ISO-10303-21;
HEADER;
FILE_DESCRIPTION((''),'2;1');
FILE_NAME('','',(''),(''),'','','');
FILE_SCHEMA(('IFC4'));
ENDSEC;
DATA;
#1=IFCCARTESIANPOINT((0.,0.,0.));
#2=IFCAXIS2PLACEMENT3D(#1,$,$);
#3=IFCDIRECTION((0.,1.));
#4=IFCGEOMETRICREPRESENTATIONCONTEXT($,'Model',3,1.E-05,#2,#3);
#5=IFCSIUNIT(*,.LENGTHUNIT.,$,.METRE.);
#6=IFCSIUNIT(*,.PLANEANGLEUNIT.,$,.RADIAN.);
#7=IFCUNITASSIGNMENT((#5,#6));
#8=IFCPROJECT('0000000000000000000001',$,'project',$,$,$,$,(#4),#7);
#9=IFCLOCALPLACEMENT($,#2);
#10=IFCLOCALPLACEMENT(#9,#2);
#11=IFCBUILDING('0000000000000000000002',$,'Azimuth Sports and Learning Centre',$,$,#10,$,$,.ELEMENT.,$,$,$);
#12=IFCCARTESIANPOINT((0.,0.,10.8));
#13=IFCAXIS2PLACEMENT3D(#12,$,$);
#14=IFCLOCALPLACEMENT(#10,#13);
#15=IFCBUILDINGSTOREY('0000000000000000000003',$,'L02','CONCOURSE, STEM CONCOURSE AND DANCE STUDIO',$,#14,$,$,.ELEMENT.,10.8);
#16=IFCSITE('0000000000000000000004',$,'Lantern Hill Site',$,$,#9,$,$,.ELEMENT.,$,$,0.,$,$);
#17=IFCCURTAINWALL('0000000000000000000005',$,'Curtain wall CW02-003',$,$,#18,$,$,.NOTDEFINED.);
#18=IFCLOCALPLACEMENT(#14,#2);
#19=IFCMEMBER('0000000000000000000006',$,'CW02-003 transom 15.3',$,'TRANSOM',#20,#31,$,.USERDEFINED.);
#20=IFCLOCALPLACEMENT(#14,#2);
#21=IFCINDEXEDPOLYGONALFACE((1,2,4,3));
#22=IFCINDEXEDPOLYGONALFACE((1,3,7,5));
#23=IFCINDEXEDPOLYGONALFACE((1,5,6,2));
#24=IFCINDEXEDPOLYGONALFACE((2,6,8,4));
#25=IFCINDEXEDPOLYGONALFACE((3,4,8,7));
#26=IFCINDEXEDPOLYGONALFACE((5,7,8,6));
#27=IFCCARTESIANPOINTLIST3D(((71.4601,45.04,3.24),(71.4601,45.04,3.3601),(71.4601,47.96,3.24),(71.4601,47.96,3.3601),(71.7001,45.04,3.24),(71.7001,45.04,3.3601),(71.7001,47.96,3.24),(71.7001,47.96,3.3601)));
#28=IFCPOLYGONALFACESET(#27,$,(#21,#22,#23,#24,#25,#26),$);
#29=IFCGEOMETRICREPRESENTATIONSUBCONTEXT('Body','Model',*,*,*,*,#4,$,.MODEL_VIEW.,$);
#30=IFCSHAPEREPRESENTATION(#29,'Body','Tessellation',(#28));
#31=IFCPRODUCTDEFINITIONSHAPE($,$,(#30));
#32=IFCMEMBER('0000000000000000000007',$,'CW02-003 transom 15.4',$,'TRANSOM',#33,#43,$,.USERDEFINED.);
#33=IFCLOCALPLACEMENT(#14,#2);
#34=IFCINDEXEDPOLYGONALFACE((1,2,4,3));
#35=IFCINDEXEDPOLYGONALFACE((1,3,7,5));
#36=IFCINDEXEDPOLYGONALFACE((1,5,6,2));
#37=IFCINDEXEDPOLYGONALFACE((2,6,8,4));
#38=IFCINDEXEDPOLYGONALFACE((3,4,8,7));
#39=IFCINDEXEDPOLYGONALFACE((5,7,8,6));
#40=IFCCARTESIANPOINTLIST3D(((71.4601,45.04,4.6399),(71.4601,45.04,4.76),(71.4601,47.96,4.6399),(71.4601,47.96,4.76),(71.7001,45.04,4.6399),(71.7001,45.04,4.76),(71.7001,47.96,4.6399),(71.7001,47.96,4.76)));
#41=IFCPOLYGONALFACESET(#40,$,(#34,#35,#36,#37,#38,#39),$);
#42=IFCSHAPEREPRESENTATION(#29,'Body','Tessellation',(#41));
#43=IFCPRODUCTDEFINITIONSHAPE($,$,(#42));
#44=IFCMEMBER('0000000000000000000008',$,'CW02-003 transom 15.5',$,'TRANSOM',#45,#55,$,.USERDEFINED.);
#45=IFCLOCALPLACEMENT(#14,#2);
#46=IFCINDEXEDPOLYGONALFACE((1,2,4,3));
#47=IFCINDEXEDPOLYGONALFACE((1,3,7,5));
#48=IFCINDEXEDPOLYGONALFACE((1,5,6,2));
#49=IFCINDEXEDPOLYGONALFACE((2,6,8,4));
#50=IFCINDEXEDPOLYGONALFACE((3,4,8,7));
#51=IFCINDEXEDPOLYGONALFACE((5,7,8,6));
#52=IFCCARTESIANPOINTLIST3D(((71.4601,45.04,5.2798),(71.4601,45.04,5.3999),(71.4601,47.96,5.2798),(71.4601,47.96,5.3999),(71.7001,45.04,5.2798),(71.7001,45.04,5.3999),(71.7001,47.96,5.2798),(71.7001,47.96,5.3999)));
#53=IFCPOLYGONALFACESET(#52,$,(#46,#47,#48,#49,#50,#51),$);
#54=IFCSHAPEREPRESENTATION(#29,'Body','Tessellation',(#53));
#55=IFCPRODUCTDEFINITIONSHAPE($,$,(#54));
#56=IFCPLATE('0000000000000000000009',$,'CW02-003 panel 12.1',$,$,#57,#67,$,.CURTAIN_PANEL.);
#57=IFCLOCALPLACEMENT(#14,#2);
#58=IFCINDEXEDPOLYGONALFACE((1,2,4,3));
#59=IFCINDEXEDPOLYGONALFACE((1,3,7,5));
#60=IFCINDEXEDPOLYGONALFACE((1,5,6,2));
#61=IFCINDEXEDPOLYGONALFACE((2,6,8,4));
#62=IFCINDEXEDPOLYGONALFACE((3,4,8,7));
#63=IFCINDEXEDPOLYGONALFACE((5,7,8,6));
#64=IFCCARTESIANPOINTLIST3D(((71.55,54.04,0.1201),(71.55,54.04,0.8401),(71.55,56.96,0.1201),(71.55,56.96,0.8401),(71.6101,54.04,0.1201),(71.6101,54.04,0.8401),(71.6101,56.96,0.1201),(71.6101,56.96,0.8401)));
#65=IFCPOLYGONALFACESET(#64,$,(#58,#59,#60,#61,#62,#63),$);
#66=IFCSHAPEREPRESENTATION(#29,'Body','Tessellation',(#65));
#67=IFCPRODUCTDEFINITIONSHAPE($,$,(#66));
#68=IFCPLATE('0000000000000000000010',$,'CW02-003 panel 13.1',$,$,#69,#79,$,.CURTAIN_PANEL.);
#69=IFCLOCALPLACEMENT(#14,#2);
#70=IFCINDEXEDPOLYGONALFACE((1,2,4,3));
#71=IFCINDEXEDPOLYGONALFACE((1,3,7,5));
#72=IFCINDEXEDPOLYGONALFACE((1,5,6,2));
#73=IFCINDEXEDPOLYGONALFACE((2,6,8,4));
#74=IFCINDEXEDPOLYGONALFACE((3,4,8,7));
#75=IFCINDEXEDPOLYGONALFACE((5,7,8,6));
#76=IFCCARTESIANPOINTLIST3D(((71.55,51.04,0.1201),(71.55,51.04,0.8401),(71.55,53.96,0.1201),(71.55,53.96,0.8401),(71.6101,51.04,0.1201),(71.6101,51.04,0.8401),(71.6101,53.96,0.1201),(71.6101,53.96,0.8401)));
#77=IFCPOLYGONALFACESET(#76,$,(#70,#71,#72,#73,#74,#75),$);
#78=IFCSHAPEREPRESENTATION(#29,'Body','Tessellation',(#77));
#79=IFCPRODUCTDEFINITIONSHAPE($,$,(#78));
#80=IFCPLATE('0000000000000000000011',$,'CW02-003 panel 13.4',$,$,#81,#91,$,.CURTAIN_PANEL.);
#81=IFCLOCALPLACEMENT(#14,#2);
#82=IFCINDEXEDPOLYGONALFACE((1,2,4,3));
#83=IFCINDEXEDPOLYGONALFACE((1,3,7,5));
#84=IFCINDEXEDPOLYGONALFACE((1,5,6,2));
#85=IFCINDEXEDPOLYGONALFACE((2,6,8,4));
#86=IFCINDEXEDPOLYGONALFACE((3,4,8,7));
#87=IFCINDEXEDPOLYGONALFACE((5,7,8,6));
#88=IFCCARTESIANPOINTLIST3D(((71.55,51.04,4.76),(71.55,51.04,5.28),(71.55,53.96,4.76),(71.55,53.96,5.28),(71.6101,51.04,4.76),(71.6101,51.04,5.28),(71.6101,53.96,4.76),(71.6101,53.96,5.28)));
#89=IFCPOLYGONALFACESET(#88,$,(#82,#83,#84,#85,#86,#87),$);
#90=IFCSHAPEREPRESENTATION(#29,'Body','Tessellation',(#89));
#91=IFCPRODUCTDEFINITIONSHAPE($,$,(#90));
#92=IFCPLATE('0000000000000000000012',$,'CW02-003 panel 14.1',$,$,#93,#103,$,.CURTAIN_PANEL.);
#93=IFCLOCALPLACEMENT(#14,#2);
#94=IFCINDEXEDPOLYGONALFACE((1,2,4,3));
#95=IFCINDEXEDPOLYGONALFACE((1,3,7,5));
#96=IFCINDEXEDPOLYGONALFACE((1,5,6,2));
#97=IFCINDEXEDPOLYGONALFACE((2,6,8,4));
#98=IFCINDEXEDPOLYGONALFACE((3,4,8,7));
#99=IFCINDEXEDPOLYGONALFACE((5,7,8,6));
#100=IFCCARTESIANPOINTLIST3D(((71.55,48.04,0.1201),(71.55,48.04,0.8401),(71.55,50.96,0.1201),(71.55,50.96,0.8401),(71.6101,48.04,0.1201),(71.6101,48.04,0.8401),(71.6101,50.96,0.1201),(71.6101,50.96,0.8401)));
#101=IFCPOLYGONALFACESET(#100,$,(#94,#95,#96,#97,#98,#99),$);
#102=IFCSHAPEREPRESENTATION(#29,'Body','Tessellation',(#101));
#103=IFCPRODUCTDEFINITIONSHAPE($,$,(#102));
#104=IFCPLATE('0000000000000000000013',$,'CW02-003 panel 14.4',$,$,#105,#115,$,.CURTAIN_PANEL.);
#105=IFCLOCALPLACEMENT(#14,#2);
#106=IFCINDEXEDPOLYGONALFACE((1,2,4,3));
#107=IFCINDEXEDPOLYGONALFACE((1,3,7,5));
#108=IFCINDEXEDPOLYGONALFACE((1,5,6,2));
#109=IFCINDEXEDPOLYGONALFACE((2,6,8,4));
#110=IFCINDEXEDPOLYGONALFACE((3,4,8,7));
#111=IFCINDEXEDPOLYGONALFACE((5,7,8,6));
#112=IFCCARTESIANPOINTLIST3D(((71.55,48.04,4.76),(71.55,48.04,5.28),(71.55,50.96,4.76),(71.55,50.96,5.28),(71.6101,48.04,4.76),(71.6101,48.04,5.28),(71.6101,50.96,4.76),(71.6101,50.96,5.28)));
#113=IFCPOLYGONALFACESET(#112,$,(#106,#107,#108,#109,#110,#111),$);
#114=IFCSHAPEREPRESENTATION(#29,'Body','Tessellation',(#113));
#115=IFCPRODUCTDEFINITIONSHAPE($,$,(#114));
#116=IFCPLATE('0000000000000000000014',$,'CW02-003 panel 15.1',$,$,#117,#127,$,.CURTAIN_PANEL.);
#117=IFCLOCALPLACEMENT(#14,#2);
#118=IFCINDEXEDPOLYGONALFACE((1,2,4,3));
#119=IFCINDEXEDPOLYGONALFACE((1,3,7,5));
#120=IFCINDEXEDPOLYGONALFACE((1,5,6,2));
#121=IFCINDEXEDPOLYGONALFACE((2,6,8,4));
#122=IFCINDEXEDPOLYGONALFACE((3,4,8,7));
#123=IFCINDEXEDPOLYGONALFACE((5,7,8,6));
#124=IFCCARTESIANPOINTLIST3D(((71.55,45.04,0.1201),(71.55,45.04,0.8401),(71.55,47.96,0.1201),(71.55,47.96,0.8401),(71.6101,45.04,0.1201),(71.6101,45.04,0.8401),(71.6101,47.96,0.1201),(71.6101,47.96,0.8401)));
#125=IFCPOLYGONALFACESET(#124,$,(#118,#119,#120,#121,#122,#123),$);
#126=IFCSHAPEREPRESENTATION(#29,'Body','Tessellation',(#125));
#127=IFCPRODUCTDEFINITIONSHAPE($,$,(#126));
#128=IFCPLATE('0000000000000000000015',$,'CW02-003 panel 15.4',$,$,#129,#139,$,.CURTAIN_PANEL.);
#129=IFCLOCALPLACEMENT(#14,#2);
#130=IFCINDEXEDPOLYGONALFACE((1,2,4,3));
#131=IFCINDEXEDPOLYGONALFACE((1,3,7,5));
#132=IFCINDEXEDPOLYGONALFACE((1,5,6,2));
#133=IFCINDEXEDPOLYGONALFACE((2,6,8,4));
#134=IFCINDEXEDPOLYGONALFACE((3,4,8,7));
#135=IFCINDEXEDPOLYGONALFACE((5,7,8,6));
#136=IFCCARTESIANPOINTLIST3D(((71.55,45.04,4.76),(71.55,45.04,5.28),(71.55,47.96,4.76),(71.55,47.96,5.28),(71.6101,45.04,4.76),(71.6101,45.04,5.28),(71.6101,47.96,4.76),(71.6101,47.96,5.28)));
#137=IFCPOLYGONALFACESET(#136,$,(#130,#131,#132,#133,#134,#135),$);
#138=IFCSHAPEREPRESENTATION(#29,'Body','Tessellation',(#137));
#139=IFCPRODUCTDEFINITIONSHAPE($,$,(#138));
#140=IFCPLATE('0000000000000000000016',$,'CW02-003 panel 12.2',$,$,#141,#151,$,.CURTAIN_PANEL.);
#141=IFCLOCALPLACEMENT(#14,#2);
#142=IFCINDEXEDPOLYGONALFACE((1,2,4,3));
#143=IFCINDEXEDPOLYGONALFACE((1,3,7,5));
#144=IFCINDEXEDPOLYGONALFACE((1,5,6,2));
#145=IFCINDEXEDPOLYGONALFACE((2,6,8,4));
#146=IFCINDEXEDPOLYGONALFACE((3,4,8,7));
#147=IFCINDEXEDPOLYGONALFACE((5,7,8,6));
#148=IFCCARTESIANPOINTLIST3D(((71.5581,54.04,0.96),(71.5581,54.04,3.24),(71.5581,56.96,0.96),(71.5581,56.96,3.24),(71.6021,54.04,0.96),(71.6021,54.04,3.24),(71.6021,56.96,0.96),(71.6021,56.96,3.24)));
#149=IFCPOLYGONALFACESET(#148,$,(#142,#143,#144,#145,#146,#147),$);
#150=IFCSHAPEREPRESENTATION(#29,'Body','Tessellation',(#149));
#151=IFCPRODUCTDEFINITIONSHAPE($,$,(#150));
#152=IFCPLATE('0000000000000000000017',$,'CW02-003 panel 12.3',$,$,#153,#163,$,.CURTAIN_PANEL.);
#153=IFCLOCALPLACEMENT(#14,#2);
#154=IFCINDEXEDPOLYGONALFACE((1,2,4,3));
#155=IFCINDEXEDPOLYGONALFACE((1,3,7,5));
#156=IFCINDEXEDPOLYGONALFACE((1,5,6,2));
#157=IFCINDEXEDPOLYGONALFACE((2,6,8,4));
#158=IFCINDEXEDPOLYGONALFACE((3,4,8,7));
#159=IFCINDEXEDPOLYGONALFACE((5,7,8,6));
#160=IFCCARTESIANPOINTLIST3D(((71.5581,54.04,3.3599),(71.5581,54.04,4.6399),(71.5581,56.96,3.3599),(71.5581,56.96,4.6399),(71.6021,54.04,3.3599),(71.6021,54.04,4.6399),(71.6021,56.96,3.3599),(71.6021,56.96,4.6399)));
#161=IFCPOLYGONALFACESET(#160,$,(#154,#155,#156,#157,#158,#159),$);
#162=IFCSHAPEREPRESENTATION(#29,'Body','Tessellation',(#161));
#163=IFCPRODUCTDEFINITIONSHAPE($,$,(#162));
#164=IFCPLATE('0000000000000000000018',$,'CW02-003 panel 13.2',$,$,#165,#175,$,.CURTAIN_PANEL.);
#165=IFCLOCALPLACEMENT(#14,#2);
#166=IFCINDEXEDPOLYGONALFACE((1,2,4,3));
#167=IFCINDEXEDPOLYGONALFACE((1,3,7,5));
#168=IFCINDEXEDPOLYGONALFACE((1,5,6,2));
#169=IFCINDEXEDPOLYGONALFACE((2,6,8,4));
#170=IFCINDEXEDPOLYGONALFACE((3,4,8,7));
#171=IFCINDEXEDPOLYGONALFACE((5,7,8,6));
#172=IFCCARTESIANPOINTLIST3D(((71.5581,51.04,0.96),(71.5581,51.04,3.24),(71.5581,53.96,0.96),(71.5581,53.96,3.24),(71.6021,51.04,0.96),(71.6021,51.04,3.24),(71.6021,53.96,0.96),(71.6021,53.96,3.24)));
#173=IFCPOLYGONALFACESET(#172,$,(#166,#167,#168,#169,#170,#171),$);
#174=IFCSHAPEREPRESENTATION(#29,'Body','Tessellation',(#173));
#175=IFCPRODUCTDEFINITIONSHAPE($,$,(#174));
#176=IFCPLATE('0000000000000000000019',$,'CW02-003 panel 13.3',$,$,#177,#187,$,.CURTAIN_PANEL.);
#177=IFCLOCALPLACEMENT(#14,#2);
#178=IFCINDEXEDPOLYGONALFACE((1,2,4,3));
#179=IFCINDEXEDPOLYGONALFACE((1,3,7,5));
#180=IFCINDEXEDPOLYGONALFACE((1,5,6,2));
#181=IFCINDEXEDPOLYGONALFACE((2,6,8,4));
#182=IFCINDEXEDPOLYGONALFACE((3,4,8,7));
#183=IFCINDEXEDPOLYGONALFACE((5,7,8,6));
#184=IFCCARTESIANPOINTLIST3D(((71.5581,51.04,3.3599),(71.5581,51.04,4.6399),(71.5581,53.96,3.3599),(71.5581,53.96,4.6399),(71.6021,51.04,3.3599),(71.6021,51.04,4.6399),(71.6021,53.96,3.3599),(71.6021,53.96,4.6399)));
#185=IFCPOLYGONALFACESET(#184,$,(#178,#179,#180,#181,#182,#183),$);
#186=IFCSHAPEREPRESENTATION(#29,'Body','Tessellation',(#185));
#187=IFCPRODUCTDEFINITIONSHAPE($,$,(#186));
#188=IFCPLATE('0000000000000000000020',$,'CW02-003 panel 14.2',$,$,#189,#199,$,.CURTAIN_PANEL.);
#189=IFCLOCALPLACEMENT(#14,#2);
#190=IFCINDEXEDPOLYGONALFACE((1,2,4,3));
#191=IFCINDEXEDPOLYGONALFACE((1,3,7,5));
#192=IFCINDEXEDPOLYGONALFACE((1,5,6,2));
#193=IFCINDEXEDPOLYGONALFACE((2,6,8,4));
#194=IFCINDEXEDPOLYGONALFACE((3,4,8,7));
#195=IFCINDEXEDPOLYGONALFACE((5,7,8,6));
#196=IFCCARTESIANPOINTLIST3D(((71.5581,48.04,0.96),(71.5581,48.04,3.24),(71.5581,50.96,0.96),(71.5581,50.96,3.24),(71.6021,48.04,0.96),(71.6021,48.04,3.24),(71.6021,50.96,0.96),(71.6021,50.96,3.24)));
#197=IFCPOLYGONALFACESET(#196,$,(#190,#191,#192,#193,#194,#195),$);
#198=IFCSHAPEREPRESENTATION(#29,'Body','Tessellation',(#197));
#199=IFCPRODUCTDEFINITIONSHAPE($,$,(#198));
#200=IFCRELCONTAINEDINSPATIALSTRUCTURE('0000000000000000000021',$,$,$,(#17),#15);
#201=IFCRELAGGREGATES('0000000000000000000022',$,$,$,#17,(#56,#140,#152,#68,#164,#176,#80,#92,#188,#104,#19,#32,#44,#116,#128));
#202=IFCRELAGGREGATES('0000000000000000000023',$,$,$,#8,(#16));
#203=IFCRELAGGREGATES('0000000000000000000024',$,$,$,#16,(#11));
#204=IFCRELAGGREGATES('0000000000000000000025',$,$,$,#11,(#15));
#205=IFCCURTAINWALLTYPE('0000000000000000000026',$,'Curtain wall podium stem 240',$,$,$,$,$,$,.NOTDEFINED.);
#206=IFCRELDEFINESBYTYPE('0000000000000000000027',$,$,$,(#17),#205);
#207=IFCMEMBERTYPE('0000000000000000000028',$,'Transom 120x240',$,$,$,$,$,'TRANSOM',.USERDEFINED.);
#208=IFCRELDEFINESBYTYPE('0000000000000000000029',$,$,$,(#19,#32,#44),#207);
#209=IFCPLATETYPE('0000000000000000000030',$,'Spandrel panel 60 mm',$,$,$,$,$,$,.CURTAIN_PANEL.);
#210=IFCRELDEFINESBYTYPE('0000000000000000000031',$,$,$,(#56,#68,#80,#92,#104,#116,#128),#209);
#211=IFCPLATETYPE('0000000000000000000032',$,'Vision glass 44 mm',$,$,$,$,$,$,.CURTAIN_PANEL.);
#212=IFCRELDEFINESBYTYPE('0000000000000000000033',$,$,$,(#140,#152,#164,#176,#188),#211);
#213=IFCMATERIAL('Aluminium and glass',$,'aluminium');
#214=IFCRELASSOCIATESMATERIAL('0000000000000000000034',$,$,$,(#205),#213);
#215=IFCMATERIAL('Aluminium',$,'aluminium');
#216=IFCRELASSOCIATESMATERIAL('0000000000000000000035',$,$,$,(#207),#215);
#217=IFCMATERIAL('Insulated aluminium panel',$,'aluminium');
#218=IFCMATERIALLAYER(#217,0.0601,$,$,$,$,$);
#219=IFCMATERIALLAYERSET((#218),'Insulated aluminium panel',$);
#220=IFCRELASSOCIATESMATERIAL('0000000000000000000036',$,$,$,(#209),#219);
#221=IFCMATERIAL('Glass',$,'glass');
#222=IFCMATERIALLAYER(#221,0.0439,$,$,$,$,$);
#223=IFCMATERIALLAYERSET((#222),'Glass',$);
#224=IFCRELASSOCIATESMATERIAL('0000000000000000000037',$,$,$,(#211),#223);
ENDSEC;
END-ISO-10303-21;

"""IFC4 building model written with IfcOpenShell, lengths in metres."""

from ifc_helpers import new_model, si_unit, direction, frame, origin, origin_2d, place, context, subcontext, project, spatial, rectangle, extrude, material, layer, layer_set, material_profile, profile_set, type_object, element, aggregate, save


model = new_model("IFC4")

# Units and contexts
model_context = context("Model", 3, precision=1e-05, world=origin(), true_north=direction((0.0, 1.0)))
body_context = subcontext(model_context, "Body", "Model", "MODEL_VIEW")
ifc_project = project(units=[si_unit("LENGTHUNIT", "METRE"), si_unit("PLANEANGLEUNIT", "RADIAN")], contexts=[model_context])

# Site, building, storey
site_placement = place(None, origin())
site = spatial("IfcSite", under=ifc_project, at=site_placement, Name="Lantern Hill Site", CompositionType="ELEMENT", RefElevation=0.0)
building_placement = place(site_placement, origin())
building = spatial("IfcBuilding", under=site, at=building_placement, Name="Azimuth Sports and Learning Centre", CompositionType="ELEMENT")
storey_placement = place(building_placement, frame((0.0, 0.0, 10.8)))
storey = spatial("IfcBuildingStorey", under=building, at=storey_placement, Name="L02", Description="CONCOURSE, STEM CONCOURSE AND DANCE STUDIO", CompositionType="ELEMENT", Elevation=10.8)

# Curtain wall, members, plates
ifc_material_1 = material(Name="Aluminium and glass", Category="aluminium")
curtain_wall_type = type_object("IfcCurtainWallType", Name="Curtain wall podium stem 240", PredefinedType="NOTDEFINED", material=ifc_material_1)
curtain_wall_placement = place(storey_placement, origin())
curtain_wall = element("IfcCurtainWall", 1, at=curtain_wall_placement, inside=storey, type_object=curtain_wall_type, Name="Curtain wall CW02-003", PredefinedType="NOTDEFINED")
ifc_material_2 = material(Name="Aluminium", Category="aluminium")
ifc_material_profile_1 = material_profile(ifc_material_2, rectangle(XDim=0.24, YDim=0.1201, at=origin_2d()), Name="Transom 120x240")
ifc_profile_set_1 = profile_set([ifc_material_profile_1], Name="Aluminium")
member_type_1 = type_object("IfcMemberType", Name="Transom 120x240", ElementType="TRANSOM", PredefinedType="USERDEFINED", material=ifc_profile_set_1)
member_1_placement = place(storey_placement, frame((71.5801, 47.96, 3.3), z_axis=(0.0, -1.0, 0.0), x_axis=(1.0, 0.0, 0.0)))
member_1 = element("IfcMember", 2, at=member_1_placement, type_object=member_type_1, Name="CW02-003 transom 15.3", ObjectType="TRANSOM", PredefinedType="USERDEFINED", context=body_context, shape_type="SweptSolid", body=[
    extrude(rectangle(XDim=0.24, YDim=0.1201, at=origin_2d()), origin(), (0.0, 0.0, 1.0), 2.9199),
])
member_2_placement = place(storey_placement, frame((71.5801, 47.96, 4.7), z_axis=(0.0, -1.0, 0.0), x_axis=(1.0, 0.0, 0.0)))
member_2 = element("IfcMember", 3, at=member_2_placement, type_object=member_type_1, Name="CW02-003 transom 15.4", ObjectType="TRANSOM", PredefinedType="USERDEFINED", context=body_context, shape_type="SweptSolid", body=[
    extrude(rectangle(XDim=0.24, YDim=0.1201, at=origin_2d()), origin(), (0.0, 0.0, 1.0), 2.9199),
])
member_3_placement = place(storey_placement, frame((71.5801, 47.96, 5.3398), z_axis=(0.0, -1.0, 0.0), x_axis=(1.0, 0.0, 0.0)))
member_3 = element("IfcMember", 4, at=member_3_placement, type_object=member_type_1, Name="CW02-003 transom 15.5", ObjectType="TRANSOM", PredefinedType="USERDEFINED", context=body_context, shape_type="SweptSolid", body=[
    extrude(rectangle(XDim=0.24, YDim=0.1201, at=origin_2d()), origin(), (0.0, 0.0, 1.0), 2.9199),
])
ifc_material_3 = material(Name="Insulated aluminium panel", Category="aluminium")
ifc_layer_1 = layer(ifc_material_3, 0.0601)
ifc_layer_set_1 = layer_set([ifc_layer_1], Name="Insulated aluminium panel")
plate_type_1 = type_object("IfcPlateType", Name="Spandrel panel 60 mm", PredefinedType="CURTAIN_PANEL", material=ifc_layer_set_1)
plate_1_placement = place(storey_placement, frame((71.5801, 55.5, 0.1201), z_axis=(0.0, 0.0, 1.0), x_axis=(0.0, -1.0, 0.0)))
plate_1 = element("IfcPlate", 5, at=plate_1_placement, type_object=plate_type_1, Name="CW02-003 panel 12.1", PredefinedType="CURTAIN_PANEL", context=body_context, shape_type="SweptSolid", body=[
    extrude(rectangle(XDim=2.9199, YDim=0.0601, at=origin_2d()), origin(), (0.0, 0.0, 1.0), 0.72),
])
plate_2_placement = place(storey_placement, frame((71.5801, 52.5, 0.1201), z_axis=(0.0, 0.0, 1.0), x_axis=(0.0, -1.0, 0.0)))
plate_2 = element("IfcPlate", 6, at=plate_2_placement, type_object=plate_type_1, Name="CW02-003 panel 13.1", PredefinedType="CURTAIN_PANEL", context=body_context, shape_type="SweptSolid", body=[
    extrude(rectangle(XDim=2.9199, YDim=0.0601, at=origin_2d()), origin(), (0.0, 0.0, 1.0), 0.72),
])
plate_3_placement = place(storey_placement, frame((71.5801, 52.5, 4.76), z_axis=(0.0, 0.0, 1.0), x_axis=(0.0, -1.0, 0.0)))
plate_3 = element("IfcPlate", 7, at=plate_3_placement, type_object=plate_type_1, Name="CW02-003 panel 13.4", PredefinedType="CURTAIN_PANEL", context=body_context, shape_type="SweptSolid", body=[
    extrude(rectangle(XDim=2.9199, YDim=0.0601, at=origin_2d()), origin(), (0.0, 0.0, 1.0), 0.52),
])
plate_4_placement = place(storey_placement, frame((71.5801, 49.5, 0.1201), z_axis=(0.0, 0.0, 1.0), x_axis=(0.0, -1.0, 0.0)))
plate_4 = element("IfcPlate", 8, at=plate_4_placement, type_object=plate_type_1, Name="CW02-003 panel 14.1", PredefinedType="CURTAIN_PANEL", context=body_context, shape_type="SweptSolid", body=[
    extrude(rectangle(XDim=2.9199, YDim=0.0601, at=origin_2d()), origin(), (0.0, 0.0, 1.0), 0.72),
])
plate_5_placement = place(storey_placement, frame((71.5801, 49.5, 4.76), z_axis=(0.0, 0.0, 1.0), x_axis=(0.0, -1.0, 0.0)))
plate_5 = element("IfcPlate", 9, at=plate_5_placement, type_object=plate_type_1, Name="CW02-003 panel 14.4", PredefinedType="CURTAIN_PANEL", context=body_context, shape_type="SweptSolid", body=[
    extrude(rectangle(XDim=2.9199, YDim=0.0601, at=origin_2d()), origin(), (0.0, 0.0, 1.0), 0.52),
])
plate_6_placement = place(storey_placement, frame((71.5801, 46.5, 0.1201), z_axis=(0.0, 0.0, 1.0), x_axis=(0.0, -1.0, 0.0)))
plate_6 = element("IfcPlate", 10, at=plate_6_placement, type_object=plate_type_1, Name="CW02-003 panel 15.1", PredefinedType="CURTAIN_PANEL", context=body_context, shape_type="SweptSolid", body=[
    extrude(rectangle(XDim=2.9199, YDim=0.0601, at=origin_2d()), origin(), (0.0, 0.0, 1.0), 0.72),
])
plate_7_placement = place(storey_placement, frame((71.5801, 46.5, 4.76), z_axis=(0.0, 0.0, 1.0), x_axis=(0.0, -1.0, 0.0)))
plate_7 = element("IfcPlate", 11, at=plate_7_placement, type_object=plate_type_1, Name="CW02-003 panel 15.4", PredefinedType="CURTAIN_PANEL", context=body_context, shape_type="SweptSolid", body=[
    extrude(rectangle(XDim=2.9199, YDim=0.0601, at=origin_2d()), origin(), (0.0, 0.0, 1.0), 0.52),
])
ifc_material_4 = material(Name="Glass", Category="glass")
ifc_layer_2 = layer(ifc_material_4, 0.0439)
ifc_layer_set_2 = layer_set([ifc_layer_2], Name="Glass")
plate_type_2 = type_object("IfcPlateType", Name="Vision glass 44 mm", PredefinedType="CURTAIN_PANEL", material=ifc_layer_set_2)
plate_8_placement = place(storey_placement, frame((71.5801, 55.5, 0.96), z_axis=(0.0, 0.0, 1.0), x_axis=(0.0, -1.0, 0.0)))
plate_8 = element("IfcPlate", 12, at=plate_8_placement, type_object=plate_type_2, Name="CW02-003 panel 12.2", PredefinedType="CURTAIN_PANEL", context=body_context, shape_type="SweptSolid", body=[
    extrude(rectangle(XDim=2.9199, YDim=0.0439, at=origin_2d()), origin(), (0.0, 0.0, 1.0), 2.28),
])
plate_9_placement = place(storey_placement, frame((71.5801, 55.5, 3.3599), z_axis=(0.0, 0.0, 1.0), x_axis=(0.0, -1.0, 0.0)))
plate_9 = element("IfcPlate", 13, at=plate_9_placement, type_object=plate_type_2, Name="CW02-003 panel 12.3", PredefinedType="CURTAIN_PANEL", context=body_context, shape_type="SweptSolid", body=[
    extrude(rectangle(XDim=2.9199, YDim=0.0439, at=origin_2d()), origin(), (0.0, 0.0, 1.0), 1.28),
])
plate_10_placement = place(storey_placement, frame((71.5801, 52.5, 0.96), z_axis=(0.0, 0.0, 1.0), x_axis=(0.0, -1.0, 0.0)))
plate_10 = element("IfcPlate", 14, at=plate_10_placement, type_object=plate_type_2, Name="CW02-003 panel 13.2", PredefinedType="CURTAIN_PANEL", context=body_context, shape_type="SweptSolid", body=[
    extrude(rectangle(XDim=2.9199, YDim=0.0439, at=origin_2d()), origin(), (0.0, 0.0, 1.0), 2.28),
])
plate_11_placement = place(storey_placement, frame((71.5801, 52.5, 3.3599), z_axis=(0.0, 0.0, 1.0), x_axis=(0.0, -1.0, 0.0)))
plate_11 = element("IfcPlate", 15, at=plate_11_placement, type_object=plate_type_2, Name="CW02-003 panel 13.3", PredefinedType="CURTAIN_PANEL", context=body_context, shape_type="SweptSolid", body=[
    extrude(rectangle(XDim=2.9199, YDim=0.0439, at=origin_2d()), origin(), (0.0, 0.0, 1.0), 1.28),
])
plate_12_placement = place(storey_placement, frame((71.5801, 49.5, 0.96), z_axis=(0.0, 0.0, 1.0), x_axis=(0.0, -1.0, 0.0)))
plate_12 = element("IfcPlate", 16, at=plate_12_placement, type_object=plate_type_2, Name="CW02-003 panel 14.2", PredefinedType="CURTAIN_PANEL", context=body_context, shape_type="SweptSolid", body=[
    extrude(rectangle(XDim=2.9199, YDim=0.0439, at=origin_2d()), origin(), (0.0, 0.0, 1.0), 2.28),
])
aggregate(curtain_wall, [plate_1, plate_8, plate_9, plate_2, plate_10, plate_11, plate_3, plate_4, plate_12, plate_5, member_1, member_2, member_3, plate_6, plate_7])

save(model, "model.ifc")
